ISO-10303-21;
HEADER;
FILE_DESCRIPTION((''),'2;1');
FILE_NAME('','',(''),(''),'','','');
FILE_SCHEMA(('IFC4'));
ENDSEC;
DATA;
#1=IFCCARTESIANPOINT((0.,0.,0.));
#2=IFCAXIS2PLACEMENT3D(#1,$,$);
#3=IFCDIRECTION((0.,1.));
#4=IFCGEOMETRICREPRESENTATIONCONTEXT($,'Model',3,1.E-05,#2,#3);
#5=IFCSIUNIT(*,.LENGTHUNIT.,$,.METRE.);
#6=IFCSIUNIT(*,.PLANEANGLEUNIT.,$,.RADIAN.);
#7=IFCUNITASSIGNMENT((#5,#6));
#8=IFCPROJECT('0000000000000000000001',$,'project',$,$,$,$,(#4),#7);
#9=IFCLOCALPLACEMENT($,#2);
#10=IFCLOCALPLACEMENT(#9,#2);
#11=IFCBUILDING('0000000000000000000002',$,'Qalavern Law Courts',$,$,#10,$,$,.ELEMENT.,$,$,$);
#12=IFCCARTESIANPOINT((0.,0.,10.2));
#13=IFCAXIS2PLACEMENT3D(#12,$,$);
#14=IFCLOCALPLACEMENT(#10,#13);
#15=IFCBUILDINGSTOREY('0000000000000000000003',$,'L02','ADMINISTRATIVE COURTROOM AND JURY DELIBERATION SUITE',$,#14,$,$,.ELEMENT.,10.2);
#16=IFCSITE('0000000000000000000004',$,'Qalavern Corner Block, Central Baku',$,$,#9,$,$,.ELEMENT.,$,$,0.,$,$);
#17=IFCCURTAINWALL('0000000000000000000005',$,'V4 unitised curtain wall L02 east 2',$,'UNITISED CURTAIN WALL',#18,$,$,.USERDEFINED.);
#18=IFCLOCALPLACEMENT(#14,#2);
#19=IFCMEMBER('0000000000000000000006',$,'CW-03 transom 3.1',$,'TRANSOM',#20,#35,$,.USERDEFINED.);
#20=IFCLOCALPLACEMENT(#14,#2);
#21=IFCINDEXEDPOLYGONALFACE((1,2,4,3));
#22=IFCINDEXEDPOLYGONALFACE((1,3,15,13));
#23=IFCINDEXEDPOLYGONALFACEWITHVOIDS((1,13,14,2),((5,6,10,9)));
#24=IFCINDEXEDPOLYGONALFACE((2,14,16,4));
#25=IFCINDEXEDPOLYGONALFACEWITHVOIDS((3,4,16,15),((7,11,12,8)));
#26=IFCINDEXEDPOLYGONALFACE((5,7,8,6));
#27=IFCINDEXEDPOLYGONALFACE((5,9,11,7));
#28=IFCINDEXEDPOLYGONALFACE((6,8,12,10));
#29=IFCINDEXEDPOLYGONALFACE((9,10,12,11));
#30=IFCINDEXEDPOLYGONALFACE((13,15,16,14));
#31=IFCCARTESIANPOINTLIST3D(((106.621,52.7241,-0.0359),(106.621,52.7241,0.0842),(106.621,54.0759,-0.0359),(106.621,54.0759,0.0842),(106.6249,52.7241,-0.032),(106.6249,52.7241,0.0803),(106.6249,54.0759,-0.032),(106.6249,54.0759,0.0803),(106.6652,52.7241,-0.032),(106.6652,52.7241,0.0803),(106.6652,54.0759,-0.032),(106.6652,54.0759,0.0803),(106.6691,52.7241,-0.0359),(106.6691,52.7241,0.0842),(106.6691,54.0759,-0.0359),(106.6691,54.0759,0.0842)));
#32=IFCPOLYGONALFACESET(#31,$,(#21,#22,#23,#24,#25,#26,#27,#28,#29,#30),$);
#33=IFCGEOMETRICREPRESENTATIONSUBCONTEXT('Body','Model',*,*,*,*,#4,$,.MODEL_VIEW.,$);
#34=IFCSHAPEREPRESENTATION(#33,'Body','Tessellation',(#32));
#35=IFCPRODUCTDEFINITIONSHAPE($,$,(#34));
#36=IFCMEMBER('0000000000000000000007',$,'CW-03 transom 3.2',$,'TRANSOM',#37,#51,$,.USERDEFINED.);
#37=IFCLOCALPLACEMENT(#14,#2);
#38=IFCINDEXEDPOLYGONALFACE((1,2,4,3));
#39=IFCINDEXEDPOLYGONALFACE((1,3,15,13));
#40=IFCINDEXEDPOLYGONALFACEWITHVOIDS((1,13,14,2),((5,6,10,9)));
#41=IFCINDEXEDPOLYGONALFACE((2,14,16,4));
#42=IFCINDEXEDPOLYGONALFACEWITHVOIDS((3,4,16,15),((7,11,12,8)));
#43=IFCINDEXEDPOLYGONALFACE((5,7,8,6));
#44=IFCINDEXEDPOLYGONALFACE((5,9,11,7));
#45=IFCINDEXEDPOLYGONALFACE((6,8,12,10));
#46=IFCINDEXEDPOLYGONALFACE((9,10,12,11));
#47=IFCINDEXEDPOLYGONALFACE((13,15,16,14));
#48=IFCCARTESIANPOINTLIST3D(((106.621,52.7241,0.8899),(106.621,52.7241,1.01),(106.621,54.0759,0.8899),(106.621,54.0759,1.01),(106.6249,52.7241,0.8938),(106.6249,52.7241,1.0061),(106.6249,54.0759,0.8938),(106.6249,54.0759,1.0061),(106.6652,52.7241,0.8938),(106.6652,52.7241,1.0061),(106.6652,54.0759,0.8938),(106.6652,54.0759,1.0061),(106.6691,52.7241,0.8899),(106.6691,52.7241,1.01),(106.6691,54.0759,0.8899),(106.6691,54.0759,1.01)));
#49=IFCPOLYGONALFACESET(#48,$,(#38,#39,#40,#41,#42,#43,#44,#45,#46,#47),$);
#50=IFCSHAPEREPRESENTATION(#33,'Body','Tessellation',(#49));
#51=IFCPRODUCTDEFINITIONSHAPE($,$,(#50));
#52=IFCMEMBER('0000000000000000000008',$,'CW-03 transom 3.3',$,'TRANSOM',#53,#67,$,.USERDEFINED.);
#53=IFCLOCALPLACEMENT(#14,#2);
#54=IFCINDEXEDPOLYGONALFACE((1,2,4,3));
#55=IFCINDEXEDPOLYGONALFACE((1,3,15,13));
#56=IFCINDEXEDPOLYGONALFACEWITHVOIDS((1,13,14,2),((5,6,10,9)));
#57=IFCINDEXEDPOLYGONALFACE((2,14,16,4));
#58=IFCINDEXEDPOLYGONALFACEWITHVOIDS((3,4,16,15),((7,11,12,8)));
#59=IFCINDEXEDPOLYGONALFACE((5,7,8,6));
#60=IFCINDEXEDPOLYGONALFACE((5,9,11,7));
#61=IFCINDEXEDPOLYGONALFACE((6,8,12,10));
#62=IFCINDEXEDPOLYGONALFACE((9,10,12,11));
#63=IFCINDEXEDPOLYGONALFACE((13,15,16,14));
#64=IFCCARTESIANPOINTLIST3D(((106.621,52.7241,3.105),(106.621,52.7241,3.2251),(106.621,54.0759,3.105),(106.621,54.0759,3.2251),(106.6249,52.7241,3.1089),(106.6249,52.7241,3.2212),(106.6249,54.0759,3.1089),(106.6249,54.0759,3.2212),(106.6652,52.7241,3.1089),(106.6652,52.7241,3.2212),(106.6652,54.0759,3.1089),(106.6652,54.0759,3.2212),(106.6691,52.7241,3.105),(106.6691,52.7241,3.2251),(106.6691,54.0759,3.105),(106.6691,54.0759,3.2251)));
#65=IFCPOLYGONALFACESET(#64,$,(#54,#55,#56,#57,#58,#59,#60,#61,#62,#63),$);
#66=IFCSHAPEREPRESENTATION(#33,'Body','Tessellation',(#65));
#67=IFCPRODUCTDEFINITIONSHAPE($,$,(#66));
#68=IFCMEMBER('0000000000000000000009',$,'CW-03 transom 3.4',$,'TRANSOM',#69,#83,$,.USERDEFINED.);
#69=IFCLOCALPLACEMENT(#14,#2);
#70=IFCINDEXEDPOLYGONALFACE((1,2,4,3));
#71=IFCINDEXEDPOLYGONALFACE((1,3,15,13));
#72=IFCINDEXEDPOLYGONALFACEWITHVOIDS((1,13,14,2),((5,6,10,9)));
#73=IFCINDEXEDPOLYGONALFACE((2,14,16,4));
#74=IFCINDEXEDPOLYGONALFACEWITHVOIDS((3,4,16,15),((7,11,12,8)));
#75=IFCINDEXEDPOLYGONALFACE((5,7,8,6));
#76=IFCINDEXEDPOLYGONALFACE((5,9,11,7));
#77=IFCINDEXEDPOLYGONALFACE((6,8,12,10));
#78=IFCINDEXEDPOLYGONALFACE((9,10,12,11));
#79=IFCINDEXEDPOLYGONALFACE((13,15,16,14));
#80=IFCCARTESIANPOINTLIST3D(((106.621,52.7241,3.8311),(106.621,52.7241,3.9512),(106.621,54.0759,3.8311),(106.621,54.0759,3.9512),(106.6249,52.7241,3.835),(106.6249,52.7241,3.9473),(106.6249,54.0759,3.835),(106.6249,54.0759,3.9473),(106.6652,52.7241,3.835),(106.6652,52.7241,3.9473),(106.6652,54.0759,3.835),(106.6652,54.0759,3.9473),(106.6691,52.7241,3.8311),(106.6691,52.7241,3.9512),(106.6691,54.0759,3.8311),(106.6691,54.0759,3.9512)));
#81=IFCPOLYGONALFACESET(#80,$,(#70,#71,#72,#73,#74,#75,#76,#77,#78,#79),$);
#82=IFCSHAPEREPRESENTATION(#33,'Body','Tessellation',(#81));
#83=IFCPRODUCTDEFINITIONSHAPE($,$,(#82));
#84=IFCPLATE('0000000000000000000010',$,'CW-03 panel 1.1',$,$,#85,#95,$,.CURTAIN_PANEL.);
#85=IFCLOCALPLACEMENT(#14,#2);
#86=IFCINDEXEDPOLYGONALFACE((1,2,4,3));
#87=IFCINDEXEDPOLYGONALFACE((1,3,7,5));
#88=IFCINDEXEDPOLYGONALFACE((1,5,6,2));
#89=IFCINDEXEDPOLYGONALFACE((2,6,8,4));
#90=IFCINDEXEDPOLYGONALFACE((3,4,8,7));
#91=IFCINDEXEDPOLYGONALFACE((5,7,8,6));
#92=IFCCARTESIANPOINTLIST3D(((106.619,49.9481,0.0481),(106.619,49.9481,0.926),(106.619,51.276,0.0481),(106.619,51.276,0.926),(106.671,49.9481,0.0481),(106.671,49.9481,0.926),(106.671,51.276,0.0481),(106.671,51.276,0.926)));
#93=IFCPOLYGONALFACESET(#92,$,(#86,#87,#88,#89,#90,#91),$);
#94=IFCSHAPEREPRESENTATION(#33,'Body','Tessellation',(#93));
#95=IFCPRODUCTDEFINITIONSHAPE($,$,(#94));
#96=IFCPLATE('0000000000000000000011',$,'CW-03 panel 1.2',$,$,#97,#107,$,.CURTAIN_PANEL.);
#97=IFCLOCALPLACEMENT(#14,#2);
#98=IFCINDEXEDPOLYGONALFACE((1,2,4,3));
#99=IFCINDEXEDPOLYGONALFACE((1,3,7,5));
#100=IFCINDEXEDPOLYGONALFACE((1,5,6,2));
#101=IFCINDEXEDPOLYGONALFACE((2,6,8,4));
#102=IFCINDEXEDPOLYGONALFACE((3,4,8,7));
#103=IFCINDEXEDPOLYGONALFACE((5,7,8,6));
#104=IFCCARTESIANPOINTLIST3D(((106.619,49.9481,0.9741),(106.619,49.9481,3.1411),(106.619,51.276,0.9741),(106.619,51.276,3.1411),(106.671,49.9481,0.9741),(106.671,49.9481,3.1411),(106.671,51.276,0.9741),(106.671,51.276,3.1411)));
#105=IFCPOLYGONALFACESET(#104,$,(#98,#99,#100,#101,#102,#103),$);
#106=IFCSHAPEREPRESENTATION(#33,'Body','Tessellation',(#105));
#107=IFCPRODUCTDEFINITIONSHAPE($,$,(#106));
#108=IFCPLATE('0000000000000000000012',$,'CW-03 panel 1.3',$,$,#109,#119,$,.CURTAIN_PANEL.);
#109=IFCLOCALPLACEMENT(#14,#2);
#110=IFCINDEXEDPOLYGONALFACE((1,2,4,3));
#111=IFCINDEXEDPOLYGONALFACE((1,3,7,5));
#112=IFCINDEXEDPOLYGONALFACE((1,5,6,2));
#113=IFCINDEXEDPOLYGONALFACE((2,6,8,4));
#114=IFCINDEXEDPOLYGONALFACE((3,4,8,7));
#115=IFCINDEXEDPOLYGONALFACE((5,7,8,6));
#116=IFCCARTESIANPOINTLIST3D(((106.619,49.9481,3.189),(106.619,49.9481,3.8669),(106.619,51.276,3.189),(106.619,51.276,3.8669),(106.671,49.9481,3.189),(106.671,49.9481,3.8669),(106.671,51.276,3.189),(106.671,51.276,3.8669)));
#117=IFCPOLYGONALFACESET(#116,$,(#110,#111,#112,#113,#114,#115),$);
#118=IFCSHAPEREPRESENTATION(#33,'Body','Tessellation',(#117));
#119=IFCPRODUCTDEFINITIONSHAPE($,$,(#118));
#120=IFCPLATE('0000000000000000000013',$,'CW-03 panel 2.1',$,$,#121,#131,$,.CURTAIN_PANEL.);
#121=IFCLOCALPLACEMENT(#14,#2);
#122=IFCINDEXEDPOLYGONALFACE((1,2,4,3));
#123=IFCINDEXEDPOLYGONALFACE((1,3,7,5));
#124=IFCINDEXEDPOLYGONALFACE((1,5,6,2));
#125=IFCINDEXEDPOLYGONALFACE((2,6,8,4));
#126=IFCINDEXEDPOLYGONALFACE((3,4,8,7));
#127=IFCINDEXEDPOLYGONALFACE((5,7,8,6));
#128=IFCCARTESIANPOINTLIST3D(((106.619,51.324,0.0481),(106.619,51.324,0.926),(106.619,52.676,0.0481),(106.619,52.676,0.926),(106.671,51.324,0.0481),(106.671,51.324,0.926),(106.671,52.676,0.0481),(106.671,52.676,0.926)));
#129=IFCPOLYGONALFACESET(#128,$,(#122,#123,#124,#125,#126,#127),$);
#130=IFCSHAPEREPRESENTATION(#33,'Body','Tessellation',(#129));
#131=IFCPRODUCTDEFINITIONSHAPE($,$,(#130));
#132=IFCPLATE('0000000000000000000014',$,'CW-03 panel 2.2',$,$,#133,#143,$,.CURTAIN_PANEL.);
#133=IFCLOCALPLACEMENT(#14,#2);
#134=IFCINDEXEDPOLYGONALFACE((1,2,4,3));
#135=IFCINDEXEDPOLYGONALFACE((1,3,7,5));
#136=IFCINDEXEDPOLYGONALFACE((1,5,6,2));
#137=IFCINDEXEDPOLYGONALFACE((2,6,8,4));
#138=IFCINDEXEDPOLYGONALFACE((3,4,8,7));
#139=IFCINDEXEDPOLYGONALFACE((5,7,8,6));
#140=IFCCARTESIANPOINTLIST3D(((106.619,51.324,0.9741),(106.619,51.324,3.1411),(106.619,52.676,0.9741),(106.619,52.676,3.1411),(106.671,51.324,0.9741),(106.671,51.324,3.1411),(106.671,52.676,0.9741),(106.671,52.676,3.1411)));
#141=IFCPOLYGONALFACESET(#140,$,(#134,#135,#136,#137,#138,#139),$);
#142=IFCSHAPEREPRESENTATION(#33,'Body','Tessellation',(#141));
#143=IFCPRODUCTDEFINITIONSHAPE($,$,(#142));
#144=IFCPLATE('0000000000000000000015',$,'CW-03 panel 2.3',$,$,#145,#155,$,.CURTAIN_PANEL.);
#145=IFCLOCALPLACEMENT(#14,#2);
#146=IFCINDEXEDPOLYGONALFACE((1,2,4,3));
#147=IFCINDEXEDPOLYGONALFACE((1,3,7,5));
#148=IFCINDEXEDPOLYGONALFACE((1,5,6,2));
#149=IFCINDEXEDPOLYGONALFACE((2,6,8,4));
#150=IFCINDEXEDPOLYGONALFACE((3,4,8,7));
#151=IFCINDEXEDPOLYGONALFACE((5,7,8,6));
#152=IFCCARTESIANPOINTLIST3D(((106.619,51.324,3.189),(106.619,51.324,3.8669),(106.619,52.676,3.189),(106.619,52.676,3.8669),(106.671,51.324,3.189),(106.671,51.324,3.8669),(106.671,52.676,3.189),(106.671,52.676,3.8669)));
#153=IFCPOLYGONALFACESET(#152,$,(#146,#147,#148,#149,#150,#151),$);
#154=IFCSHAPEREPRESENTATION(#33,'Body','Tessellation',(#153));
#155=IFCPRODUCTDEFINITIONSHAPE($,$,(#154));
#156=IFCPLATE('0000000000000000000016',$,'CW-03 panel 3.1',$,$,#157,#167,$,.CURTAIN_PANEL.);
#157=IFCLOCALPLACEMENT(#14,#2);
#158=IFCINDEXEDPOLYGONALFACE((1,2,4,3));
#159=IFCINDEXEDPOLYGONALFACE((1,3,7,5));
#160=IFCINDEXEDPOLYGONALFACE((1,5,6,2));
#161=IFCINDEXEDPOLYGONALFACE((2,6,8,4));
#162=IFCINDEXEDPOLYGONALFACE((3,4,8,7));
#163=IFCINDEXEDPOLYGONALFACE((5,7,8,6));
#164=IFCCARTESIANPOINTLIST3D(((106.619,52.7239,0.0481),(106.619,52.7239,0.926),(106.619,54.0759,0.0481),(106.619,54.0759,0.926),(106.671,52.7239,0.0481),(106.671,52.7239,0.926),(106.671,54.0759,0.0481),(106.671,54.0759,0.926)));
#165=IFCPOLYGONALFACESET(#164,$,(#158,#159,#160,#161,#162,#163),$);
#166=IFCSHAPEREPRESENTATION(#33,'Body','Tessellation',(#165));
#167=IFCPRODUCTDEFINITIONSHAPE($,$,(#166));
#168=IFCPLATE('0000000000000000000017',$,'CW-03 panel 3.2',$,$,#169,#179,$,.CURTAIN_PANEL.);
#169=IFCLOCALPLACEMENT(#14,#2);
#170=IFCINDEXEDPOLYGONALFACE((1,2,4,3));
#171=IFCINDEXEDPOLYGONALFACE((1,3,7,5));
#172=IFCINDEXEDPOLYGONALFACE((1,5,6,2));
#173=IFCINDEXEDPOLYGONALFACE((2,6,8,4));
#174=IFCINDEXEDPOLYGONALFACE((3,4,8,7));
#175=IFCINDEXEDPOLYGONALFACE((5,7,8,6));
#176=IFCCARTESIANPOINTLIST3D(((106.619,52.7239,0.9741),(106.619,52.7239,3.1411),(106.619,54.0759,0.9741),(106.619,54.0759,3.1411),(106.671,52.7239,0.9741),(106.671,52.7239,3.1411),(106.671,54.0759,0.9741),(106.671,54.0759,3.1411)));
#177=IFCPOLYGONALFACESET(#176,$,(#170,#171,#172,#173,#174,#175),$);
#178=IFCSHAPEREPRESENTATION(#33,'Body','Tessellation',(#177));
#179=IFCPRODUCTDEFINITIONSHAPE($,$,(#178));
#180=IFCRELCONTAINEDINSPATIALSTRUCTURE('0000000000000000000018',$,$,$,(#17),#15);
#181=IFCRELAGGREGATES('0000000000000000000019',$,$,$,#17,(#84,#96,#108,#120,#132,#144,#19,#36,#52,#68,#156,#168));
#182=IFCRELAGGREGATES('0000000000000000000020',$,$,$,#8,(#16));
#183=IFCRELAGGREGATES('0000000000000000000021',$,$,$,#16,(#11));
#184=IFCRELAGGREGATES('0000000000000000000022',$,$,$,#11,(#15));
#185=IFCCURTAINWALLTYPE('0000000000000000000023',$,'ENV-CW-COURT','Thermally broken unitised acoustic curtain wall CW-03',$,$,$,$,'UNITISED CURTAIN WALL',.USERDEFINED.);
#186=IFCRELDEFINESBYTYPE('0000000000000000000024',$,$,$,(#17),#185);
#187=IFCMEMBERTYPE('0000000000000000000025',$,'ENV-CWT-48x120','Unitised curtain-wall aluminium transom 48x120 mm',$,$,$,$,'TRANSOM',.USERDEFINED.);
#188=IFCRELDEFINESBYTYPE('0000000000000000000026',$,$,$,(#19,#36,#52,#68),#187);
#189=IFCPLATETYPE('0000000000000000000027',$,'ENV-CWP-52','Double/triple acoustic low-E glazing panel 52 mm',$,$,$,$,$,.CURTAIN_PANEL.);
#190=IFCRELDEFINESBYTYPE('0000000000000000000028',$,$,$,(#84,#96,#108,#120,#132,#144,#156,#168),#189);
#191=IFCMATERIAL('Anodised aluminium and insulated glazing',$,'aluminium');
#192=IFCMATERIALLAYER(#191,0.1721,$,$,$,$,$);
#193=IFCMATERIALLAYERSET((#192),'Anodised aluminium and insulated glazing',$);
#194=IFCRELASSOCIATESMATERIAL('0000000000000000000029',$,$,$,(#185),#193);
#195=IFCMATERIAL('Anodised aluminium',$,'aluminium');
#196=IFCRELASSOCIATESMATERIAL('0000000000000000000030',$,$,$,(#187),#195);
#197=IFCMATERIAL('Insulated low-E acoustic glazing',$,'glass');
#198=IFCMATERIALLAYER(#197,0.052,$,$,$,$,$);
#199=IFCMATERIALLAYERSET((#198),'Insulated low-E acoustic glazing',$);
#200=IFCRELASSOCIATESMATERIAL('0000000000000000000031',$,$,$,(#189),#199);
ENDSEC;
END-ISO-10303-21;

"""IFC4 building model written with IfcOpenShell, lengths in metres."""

from ifc_helpers import new_model, si_unit, direction, frame, origin, origin_2d, place, context, subcontext, project, spatial, rectangle, hollow_rectangle, extrude, material, layer, layer_set, material_profile, profile_set, type_object, element, aggregate, save


model = new_model("IFC4")

# Units and contexts
model_context = context("Model", 3, precision=1e-05, world=origin(), true_north=direction((0.0, 1.0)))
body_context = subcontext(model_context, "Body", "Model", "MODEL_VIEW")
ifc_project = project(units=[si_unit("LENGTHUNIT", "METRE"), si_unit("PLANEANGLEUNIT", "RADIAN")], contexts=[model_context])

# Site, building, storey
site_placement = place(None, origin())
site = spatial("IfcSite", under=ifc_project, at=site_placement, Name="Qalavern Corner Block, Central Baku", CompositionType="ELEMENT", RefElevation=0.0)
building_placement = place(site_placement, origin())
building = spatial("IfcBuilding", under=site, at=building_placement, Name="Qalavern Law Courts", CompositionType="ELEMENT")
storey_placement = place(building_placement, frame((0.0, 0.0, 10.2)))
storey = spatial("IfcBuildingStorey", under=building, at=storey_placement, Name="L02", Description="ADMINISTRATIVE COURTROOM AND JURY DELIBERATION SUITE", CompositionType="ELEMENT", Elevation=10.2)

# Curtain wall, members, plates
ifc_material_1 = material(Name="Anodised aluminium and insulated glazing", Category="aluminium")
ifc_layer_1 = layer(ifc_material_1, 0.1721)
ifc_layer_set_1 = layer_set([ifc_layer_1], Name="Anodised aluminium and insulated glazing")
curtain_wall_type = type_object("IfcCurtainWallType", Name="ENV-CW-COURT", Description="Thermally broken unitised acoustic curtain wall CW-03", ElementType="UNITISED CURTAIN WALL", PredefinedType="USERDEFINED", material=ifc_layer_set_1)
curtain_wall_placement = place(storey_placement, origin())
curtain_wall = element("IfcCurtainWall", 1, at=curtain_wall_placement, inside=storey, type_object=curtain_wall_type, Name="V4 unitised curtain wall L02 east 2", ObjectType="UNITISED CURTAIN WALL", PredefinedType="USERDEFINED")
ifc_material_2 = material(Name="Anodised aluminium", Category="aluminium")
ifc_material_profile_1 = material_profile(ifc_material_2, hollow_rectangle(XDim=0.0481, YDim=0.1201, WallThickness=0.0039, at=origin_2d()), Name="ALU TRANSOM 48x120")
ifc_profile_set_1 = profile_set([ifc_material_profile_1], Name="Anodised aluminium")
member_type_1 = type_object("IfcMemberType", Name="ENV-CWT-48x120", Description="Unitised curtain-wall aluminium transom 48x120 mm", ElementType="TRANSOM", PredefinedType="USERDEFINED", material=ifc_profile_set_1)
member_1_placement = place(storey_placement, frame((106.645, 52.7241, 0.0242), z_axis=(0.0, 1.0, 0.0), x_axis=(-1.0, 0.0, 0.0)))
member_1 = element("IfcMember", 2, at=member_1_placement, type_object=member_type_1, Name="CW-03 transom 3.1", ObjectType="TRANSOM", PredefinedType="USERDEFINED", context=body_context, shape_type="SweptSolid", body=[
    extrude(hollow_rectangle(XDim=0.0481, YDim=0.1201, WallThickness=0.0039, at=origin_2d()), origin(), (0.0, 0.0, 1.0), 1.3518),
])
member_2_placement = place(storey_placement, frame((106.645, 52.7241, 0.95), z_axis=(0.0, 1.0, 0.0), x_axis=(-1.0, 0.0, 0.0)))
member_2 = element("IfcMember", 3, at=member_2_placement, type_object=member_type_1, Name="CW-03 transom 3.2", ObjectType="TRANSOM", PredefinedType="USERDEFINED", context=body_context, shape_type="SweptSolid", body=[
    extrude(hollow_rectangle(XDim=0.0481, YDim=0.1201, WallThickness=0.0039, at=origin_2d()), origin(), (0.0, 0.0, 1.0), 1.3518),
])
member_3_placement = place(storey_placement, frame((106.645, 52.7241, 3.165), z_axis=(0.0, 1.0, 0.0), x_axis=(-1.0, 0.0, 0.0)))
member_3 = element("IfcMember", 4, at=member_3_placement, type_object=member_type_1, Name="CW-03 transom 3.3", ObjectType="TRANSOM", PredefinedType="USERDEFINED", context=body_context, shape_type="SweptSolid", body=[
    extrude(hollow_rectangle(XDim=0.0481, YDim=0.1201, WallThickness=0.0039, at=origin_2d()), origin(), (0.0, 0.0, 1.0), 1.3518),
])
member_4_placement = place(storey_placement, frame((106.645, 52.7241, 3.8911), z_axis=(0.0, 1.0, 0.0), x_axis=(-1.0, 0.0, 0.0)))
member_4 = element("IfcMember", 5, at=member_4_placement, type_object=member_type_1, Name="CW-03 transom 3.4", ObjectType="TRANSOM", PredefinedType="USERDEFINED", context=body_context, shape_type="SweptSolid", body=[
    extrude(hollow_rectangle(XDim=0.0481, YDim=0.1201, WallThickness=0.0039, at=origin_2d()), origin(), (0.0, 0.0, 1.0), 1.3518),
])
ifc_material_3 = material(Name="Insulated low-E acoustic glazing", Category="glass")
ifc_layer_2 = layer(ifc_material_3, 0.052)
ifc_layer_set_2 = layer_set([ifc_layer_2], Name="Insulated low-E acoustic glazing")
plate_type = type_object("IfcPlateType", Name="ENV-CWP-52", Description="Double/triple acoustic low-E glazing panel 52 mm", PredefinedType="CURTAIN_PANEL", material=ifc_layer_set_2)
plate_1_placement = place(storey_placement, frame((106.645, 50.6121, 0.0481), z_axis=(0.0, 0.0, 1.0), x_axis=(0.0, 1.0, 0.0)))
plate_1 = element("IfcPlate", 6, at=plate_1_placement, type_object=plate_type, Name="CW-03 panel 1.1", PredefinedType="CURTAIN_PANEL", context=body_context, shape_type="SweptSolid", body=[
    extrude(rectangle(XDim=1.3279, YDim=0.052, at=origin_2d()), origin(), (0.0, 0.0, 1.0), 0.8779),
])
plate_2_placement = place(storey_placement, frame((106.645, 50.6121, 0.9741), z_axis=(0.0, 0.0, 1.0), x_axis=(0.0, 1.0, 0.0)))
plate_2 = element("IfcPlate", 7, at=plate_2_placement, type_object=plate_type, Name="CW-03 panel 1.2", PredefinedType="CURTAIN_PANEL", context=body_context, shape_type="SweptSolid", body=[
    extrude(rectangle(XDim=1.3279, YDim=0.052, at=origin_2d()), origin(), (0.0, 0.0, 1.0), 2.167),
])
plate_3_placement = place(storey_placement, frame((106.645, 50.6121, 3.189), z_axis=(0.0, 0.0, 1.0), x_axis=(0.0, 1.0, 0.0)))
plate_3 = element("IfcPlate", 8, at=plate_3_placement, type_object=plate_type, Name="CW-03 panel 1.3", PredefinedType="CURTAIN_PANEL", context=body_context, shape_type="SweptSolid", body=[
    extrude(rectangle(XDim=1.3279, YDim=0.052, at=origin_2d()), origin(), (0.0, 0.0, 1.0), 0.678),
])
plate_4_placement = place(storey_placement, frame((106.645, 52.0, 0.0481), z_axis=(0.0, 0.0, 1.0), x_axis=(0.0, 1.0, 0.0)))
plate_4 = element("IfcPlate", 9, at=plate_4_placement, type_object=plate_type, Name="CW-03 panel 2.1", PredefinedType="CURTAIN_PANEL", context=body_context, shape_type="SweptSolid", body=[
    extrude(rectangle(XDim=1.3521, YDim=0.052, at=origin_2d()), origin(), (0.0, 0.0, 1.0), 0.8779),
])
plate_5_placement = place(storey_placement, frame((106.645, 52.0, 0.9741), z_axis=(0.0, 0.0, 1.0), x_axis=(0.0, 1.0, 0.0)))
plate_5 = element("IfcPlate", 10, at=plate_5_placement, type_object=plate_type, Name="CW-03 panel 2.2", PredefinedType="CURTAIN_PANEL", context=body_context, shape_type="SweptSolid", body=[
    extrude(rectangle(XDim=1.3521, YDim=0.052, at=origin_2d()), origin(), (0.0, 0.0, 1.0), 2.167),
])
plate_6_placement = place(storey_placement, frame((106.645, 52.0, 3.189), z_axis=(0.0, 0.0, 1.0), x_axis=(0.0, 1.0, 0.0)))
plate_6 = element("IfcPlate", 11, at=plate_6_placement, type_object=plate_type, Name="CW-03 panel 2.3", PredefinedType="CURTAIN_PANEL", context=body_context, shape_type="SweptSolid", body=[
    extrude(rectangle(XDim=1.3521, YDim=0.052, at=origin_2d()), origin(), (0.0, 0.0, 1.0), 0.678),
])
plate_7_placement = place(storey_placement, frame((106.645, 53.3999, 0.0481), z_axis=(0.0, 0.0, 1.0), x_axis=(0.0, 1.0, 0.0)))
plate_7 = element("IfcPlate", 12, at=plate_7_placement, type_object=plate_type, Name="CW-03 panel 3.1", PredefinedType="CURTAIN_PANEL", context=body_context, shape_type="SweptSolid", body=[
    extrude(rectangle(XDim=1.3521, YDim=0.052, at=origin_2d()), origin(), (0.0, 0.0, 1.0), 0.8779),
])
plate_8_placement = place(storey_placement, frame((106.645, 53.3999, 0.9741), z_axis=(0.0, 0.0, 1.0), x_axis=(0.0, 1.0, 0.0)))
plate_8 = element("IfcPlate", 13, at=plate_8_placement, type_object=plate_type, Name="CW-03 panel 3.2", PredefinedType="CURTAIN_PANEL", context=body_context, shape_type="SweptSolid", body=[
    extrude(rectangle(XDim=1.3521, YDim=0.052, at=origin_2d()), origin(), (0.0, 0.0, 1.0), 2.167),
])
aggregate(curtain_wall, [plate_1, plate_2, plate_3, plate_4, plate_5, plate_6, member_1, member_2, member_3, member_4, plate_7, plate_8])

save(model, "model.ifc")
